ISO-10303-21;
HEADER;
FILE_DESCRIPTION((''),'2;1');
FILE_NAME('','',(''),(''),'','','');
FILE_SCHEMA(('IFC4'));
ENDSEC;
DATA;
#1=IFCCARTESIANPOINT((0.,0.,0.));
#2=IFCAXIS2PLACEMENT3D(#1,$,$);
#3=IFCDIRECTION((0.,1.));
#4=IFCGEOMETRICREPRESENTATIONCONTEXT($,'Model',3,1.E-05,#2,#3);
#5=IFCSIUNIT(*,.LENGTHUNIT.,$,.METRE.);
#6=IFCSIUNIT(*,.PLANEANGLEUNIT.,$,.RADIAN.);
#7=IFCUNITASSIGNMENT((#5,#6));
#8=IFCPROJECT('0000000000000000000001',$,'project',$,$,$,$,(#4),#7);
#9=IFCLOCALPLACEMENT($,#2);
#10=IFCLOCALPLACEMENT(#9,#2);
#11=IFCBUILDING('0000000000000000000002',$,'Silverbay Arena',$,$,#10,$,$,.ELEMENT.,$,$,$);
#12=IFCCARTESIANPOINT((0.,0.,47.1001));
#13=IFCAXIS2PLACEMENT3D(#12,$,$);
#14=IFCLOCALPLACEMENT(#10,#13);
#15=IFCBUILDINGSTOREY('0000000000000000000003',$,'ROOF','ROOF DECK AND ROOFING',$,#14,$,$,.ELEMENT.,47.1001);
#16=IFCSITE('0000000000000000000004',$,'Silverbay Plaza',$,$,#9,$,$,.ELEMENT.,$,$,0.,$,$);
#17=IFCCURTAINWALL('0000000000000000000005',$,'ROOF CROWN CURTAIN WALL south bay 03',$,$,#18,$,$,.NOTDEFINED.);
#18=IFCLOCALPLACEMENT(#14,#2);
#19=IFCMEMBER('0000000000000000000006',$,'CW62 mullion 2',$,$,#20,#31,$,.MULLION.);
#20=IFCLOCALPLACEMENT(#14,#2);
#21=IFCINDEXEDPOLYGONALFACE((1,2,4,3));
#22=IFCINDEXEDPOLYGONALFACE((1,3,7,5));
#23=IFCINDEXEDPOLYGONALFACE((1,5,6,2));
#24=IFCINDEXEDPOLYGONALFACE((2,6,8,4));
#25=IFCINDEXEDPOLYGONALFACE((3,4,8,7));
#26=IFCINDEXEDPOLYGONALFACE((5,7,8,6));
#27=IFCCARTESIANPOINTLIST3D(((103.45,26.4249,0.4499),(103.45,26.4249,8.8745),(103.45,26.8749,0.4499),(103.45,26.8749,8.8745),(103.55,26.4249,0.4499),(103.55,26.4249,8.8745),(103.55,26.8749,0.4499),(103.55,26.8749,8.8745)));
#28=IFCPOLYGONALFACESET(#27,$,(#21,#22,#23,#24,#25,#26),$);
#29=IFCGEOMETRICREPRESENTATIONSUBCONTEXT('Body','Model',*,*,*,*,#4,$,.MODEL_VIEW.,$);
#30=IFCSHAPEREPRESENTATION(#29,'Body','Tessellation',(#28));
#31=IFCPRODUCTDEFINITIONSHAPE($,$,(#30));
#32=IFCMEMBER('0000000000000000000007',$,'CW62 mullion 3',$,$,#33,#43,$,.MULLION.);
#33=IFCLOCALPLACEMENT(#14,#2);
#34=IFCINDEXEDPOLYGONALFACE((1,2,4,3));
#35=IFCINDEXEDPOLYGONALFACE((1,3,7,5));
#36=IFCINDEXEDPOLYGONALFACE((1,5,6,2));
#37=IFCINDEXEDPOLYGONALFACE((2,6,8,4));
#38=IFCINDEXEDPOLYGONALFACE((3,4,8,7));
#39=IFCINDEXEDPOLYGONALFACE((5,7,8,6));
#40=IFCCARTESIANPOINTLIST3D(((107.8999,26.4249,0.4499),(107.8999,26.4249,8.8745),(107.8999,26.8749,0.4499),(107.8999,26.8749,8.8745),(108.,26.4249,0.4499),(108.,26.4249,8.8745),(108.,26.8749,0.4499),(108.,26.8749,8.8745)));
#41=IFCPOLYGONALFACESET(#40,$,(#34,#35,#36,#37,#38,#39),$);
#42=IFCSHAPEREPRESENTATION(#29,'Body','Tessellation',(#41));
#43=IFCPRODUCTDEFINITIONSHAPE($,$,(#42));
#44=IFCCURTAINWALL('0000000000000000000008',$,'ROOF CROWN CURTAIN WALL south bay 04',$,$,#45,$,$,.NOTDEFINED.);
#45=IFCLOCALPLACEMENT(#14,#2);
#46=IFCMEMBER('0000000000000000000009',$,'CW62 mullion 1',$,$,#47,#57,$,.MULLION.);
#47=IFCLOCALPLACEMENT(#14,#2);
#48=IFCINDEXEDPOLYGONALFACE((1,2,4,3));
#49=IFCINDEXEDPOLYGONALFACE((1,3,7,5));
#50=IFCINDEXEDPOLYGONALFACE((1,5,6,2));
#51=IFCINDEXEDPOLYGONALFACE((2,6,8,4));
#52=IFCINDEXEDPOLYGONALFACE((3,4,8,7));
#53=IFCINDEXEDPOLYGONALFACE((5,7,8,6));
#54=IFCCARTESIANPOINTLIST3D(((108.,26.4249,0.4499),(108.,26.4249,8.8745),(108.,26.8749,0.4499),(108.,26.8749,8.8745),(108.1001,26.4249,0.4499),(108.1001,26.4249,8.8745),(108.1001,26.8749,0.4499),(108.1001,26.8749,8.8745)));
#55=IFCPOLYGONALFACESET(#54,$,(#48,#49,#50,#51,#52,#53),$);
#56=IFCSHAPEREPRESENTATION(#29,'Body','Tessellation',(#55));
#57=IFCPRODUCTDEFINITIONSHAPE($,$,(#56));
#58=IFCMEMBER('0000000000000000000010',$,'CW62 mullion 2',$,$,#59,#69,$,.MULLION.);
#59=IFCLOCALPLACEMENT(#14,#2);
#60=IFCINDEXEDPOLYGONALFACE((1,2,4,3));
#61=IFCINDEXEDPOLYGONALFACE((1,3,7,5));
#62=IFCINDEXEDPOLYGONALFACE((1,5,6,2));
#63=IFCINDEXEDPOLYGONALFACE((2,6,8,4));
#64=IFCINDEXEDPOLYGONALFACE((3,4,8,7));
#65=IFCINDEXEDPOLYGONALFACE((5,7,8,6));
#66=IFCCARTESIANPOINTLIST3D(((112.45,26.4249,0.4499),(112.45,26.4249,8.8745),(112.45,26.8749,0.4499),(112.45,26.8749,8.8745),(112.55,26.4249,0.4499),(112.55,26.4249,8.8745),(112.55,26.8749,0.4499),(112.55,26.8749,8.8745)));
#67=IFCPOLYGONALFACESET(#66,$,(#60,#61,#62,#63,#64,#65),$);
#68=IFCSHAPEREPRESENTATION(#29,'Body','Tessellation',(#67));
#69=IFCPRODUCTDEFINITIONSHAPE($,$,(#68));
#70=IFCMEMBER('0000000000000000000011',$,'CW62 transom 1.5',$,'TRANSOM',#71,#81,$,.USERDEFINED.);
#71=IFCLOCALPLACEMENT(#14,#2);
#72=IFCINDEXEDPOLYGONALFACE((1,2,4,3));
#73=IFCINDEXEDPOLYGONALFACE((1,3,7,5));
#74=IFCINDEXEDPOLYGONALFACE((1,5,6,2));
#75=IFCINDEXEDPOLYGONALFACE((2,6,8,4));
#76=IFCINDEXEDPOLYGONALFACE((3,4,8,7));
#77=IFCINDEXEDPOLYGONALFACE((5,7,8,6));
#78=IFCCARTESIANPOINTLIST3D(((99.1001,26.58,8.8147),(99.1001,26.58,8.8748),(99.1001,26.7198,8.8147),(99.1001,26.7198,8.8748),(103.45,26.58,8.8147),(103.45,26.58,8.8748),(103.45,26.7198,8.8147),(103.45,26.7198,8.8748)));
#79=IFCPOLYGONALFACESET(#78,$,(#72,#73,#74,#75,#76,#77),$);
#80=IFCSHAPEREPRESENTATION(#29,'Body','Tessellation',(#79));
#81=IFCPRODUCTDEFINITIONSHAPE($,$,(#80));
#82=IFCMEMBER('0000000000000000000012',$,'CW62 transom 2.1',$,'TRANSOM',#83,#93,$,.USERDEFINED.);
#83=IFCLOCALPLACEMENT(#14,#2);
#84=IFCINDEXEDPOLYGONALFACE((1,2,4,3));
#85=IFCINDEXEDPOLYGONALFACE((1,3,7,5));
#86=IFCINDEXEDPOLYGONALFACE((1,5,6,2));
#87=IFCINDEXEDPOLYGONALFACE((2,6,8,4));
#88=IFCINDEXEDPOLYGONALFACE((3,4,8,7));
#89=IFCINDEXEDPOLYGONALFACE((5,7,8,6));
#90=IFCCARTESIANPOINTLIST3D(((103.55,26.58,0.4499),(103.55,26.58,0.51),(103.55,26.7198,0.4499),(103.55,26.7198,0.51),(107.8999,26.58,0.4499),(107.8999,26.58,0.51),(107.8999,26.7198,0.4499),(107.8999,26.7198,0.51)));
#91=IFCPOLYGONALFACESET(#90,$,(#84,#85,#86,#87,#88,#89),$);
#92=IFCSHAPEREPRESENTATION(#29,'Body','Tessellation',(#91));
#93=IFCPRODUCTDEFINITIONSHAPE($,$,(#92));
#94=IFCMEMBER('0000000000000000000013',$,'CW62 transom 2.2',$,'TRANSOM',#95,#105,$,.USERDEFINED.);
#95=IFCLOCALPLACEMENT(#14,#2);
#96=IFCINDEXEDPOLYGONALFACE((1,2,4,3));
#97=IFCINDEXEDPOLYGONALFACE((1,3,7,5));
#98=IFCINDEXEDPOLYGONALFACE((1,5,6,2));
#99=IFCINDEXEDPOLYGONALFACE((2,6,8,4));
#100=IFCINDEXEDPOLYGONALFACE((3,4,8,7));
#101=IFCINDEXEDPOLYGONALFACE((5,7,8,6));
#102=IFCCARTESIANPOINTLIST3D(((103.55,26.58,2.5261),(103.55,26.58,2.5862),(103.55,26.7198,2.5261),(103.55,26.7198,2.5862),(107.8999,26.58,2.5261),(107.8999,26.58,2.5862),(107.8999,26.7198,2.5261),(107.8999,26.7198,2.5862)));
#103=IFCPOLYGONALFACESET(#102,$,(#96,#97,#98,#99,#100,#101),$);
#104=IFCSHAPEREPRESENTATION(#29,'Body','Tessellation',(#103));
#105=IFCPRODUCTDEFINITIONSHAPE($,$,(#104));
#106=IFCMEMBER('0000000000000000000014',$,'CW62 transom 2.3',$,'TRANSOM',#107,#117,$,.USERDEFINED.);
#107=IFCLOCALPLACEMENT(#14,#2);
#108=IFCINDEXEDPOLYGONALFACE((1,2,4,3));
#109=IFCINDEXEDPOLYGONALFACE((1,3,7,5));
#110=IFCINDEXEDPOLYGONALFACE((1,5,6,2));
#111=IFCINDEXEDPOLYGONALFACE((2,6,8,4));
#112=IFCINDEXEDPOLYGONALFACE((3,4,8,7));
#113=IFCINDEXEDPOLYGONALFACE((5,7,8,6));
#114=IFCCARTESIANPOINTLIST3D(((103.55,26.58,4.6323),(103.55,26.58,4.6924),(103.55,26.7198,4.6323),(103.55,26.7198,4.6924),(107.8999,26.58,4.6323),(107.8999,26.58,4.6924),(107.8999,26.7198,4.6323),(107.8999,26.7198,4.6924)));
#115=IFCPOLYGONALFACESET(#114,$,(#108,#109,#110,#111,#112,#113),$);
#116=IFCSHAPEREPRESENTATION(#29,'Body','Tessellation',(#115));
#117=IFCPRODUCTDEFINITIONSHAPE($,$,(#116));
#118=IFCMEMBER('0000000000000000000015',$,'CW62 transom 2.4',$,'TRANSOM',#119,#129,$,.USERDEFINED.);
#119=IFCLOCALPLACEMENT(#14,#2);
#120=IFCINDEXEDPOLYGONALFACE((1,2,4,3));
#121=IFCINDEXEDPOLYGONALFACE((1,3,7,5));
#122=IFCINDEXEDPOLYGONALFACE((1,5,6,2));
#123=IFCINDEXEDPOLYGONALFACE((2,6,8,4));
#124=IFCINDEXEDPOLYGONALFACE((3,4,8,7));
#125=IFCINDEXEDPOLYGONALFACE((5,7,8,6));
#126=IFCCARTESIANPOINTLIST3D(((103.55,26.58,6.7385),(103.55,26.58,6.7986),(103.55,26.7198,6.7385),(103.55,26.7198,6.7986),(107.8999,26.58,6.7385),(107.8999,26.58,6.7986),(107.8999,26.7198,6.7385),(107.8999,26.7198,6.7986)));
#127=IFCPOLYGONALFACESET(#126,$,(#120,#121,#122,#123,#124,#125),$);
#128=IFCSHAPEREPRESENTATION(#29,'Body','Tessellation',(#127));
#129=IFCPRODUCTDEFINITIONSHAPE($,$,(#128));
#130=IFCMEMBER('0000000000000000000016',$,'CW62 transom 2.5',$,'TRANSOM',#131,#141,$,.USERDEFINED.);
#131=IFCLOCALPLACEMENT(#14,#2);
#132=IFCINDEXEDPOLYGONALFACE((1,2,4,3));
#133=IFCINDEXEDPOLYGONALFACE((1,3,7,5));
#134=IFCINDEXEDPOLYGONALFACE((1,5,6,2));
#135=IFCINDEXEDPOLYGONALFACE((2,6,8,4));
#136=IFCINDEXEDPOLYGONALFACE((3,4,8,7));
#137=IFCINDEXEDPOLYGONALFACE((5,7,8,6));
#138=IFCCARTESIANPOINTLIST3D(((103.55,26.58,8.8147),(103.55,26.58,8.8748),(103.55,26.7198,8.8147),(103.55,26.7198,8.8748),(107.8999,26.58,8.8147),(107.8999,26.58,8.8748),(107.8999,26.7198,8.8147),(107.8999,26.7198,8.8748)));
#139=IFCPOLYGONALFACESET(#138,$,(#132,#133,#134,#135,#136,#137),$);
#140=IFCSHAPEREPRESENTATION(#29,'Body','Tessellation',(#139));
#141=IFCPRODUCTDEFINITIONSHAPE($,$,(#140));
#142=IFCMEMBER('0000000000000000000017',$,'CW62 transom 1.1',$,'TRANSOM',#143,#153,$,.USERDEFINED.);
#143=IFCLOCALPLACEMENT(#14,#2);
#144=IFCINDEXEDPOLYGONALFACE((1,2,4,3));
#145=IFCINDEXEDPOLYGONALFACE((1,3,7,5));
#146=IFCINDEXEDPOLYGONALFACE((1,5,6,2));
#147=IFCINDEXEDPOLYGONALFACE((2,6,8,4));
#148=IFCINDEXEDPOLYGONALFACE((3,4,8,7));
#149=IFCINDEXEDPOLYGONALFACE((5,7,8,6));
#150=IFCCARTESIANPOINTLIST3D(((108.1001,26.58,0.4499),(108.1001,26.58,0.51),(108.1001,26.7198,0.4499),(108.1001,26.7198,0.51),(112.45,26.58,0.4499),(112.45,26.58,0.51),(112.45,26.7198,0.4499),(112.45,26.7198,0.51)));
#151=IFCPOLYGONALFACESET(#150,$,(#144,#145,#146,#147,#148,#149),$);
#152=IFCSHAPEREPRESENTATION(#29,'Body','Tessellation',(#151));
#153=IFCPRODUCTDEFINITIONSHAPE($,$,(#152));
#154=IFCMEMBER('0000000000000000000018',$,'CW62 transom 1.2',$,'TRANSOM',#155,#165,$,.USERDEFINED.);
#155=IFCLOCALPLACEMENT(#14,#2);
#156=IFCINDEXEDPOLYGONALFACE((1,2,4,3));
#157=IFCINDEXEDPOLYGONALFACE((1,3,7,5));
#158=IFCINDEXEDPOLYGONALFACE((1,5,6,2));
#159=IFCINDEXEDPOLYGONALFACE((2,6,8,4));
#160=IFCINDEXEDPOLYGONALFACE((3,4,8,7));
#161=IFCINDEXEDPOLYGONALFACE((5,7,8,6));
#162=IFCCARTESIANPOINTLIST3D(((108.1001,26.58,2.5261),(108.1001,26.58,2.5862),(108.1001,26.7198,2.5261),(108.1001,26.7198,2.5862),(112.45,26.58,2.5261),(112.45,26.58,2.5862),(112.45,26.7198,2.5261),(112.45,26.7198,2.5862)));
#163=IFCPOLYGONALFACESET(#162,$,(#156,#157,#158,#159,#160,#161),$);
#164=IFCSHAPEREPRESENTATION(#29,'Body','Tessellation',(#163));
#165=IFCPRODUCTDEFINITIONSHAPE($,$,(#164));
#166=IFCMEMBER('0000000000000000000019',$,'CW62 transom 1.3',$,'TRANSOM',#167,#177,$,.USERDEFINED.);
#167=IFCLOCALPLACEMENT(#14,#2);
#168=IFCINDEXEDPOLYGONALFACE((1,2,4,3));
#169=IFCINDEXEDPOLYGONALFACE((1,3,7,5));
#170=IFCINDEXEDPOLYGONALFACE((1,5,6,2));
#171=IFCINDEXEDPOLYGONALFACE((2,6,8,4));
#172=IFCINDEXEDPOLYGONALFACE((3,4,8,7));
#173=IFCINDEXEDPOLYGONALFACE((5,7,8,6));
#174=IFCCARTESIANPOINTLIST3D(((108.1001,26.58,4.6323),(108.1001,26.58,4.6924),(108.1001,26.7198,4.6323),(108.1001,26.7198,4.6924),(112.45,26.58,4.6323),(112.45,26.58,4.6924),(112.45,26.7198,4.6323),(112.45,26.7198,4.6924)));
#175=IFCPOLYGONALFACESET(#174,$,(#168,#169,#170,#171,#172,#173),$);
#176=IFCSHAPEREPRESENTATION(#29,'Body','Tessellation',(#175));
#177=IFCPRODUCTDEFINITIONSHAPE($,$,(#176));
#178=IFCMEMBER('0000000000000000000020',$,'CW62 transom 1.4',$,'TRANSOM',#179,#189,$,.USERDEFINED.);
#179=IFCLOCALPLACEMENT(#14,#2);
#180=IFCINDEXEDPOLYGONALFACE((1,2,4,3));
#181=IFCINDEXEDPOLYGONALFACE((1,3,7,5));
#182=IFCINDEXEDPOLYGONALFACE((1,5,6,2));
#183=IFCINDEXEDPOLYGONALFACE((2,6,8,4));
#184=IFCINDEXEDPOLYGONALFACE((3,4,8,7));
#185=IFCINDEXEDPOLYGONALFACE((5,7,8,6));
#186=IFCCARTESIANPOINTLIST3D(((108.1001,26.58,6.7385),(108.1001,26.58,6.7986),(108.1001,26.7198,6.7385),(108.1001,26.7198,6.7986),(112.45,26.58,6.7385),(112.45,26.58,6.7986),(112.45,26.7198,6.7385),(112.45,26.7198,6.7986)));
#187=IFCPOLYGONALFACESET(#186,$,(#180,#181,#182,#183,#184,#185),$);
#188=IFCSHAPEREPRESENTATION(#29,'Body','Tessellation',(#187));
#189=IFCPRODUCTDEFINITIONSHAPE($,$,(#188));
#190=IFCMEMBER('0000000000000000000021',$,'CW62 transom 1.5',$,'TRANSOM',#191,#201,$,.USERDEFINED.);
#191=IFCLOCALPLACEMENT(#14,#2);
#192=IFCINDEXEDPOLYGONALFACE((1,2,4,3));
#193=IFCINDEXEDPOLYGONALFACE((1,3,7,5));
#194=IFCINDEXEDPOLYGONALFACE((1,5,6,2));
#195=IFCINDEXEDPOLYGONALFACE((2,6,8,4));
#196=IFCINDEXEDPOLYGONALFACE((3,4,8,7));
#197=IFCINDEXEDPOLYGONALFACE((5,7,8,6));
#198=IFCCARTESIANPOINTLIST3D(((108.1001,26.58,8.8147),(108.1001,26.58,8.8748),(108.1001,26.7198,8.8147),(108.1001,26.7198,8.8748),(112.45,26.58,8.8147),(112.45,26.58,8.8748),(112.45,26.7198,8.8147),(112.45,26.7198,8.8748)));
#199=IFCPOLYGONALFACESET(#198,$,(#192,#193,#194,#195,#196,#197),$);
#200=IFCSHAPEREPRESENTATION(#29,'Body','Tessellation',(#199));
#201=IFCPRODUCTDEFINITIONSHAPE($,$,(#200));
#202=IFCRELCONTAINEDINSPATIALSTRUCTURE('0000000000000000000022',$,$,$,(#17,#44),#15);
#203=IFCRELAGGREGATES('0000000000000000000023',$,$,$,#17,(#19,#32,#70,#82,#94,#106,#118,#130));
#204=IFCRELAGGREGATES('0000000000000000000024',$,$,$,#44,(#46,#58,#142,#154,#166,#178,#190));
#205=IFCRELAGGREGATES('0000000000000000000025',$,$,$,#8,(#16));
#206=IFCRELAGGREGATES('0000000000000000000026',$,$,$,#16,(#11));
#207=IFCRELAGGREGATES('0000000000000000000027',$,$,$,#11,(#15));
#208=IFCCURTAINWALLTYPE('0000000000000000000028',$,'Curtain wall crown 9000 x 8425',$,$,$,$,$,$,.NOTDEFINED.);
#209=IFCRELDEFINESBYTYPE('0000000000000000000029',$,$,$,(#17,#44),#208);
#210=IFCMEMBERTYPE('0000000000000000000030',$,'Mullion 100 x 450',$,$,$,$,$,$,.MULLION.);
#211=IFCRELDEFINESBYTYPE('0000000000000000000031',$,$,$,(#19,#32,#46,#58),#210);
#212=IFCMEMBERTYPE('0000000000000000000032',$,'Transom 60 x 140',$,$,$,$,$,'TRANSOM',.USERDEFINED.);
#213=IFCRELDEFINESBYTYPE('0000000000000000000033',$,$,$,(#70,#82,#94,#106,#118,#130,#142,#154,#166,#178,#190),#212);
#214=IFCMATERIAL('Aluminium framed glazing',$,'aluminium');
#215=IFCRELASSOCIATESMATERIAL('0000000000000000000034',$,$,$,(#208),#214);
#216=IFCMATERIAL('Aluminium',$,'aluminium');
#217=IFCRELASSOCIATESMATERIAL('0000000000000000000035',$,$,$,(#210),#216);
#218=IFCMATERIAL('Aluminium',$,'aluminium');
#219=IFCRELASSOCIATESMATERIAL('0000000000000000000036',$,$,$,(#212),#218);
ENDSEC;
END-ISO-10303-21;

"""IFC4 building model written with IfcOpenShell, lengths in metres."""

from ifc_helpers import new_model, si_unit, direction, frame, origin, origin_2d, place, context, subcontext, project, spatial, rectangle, extrude, material, material_profile, profile_set, type_object, element, aggregate, save


model = new_model("IFC4")

# Units and contexts
model_context = context("Model", 3, precision=1e-05, world=origin(), true_north=direction((0.0, 1.0)))
body_context = subcontext(model_context, "Body", "Model", "MODEL_VIEW")
ifc_project = project(units=[si_unit("LENGTHUNIT", "METRE"), si_unit("PLANEANGLEUNIT", "RADIAN")], contexts=[model_context])

# Site, building, storey
site_placement = place(None, origin())
site = spatial("IfcSite", under=ifc_project, at=site_placement, Name="Silverbay Plaza", CompositionType="ELEMENT", RefElevation=0.0)
building_placement = place(site_placement, origin())
building = spatial("IfcBuilding", under=site, at=building_placement, Name="Silverbay Arena", CompositionType="ELEMENT")
storey_placement = place(building_placement, frame((0.0, 0.0, 47.1001)))
storey = spatial("IfcBuildingStorey", under=building, at=storey_placement, Name="ROOF", Description="ROOF DECK AND ROOFING", CompositionType="ELEMENT", Elevation=47.1001)

# Curtain walls, members
ifc_material_1 = material(Name="Aluminium framed glazing", Category="aluminium")
curtain_wall_type = type_object("IfcCurtainWallType", Name="Curtain wall crown 9000 x 8425", PredefinedType="NOTDEFINED", material=ifc_material_1)
curtain_wall_1_placement = place(storey_placement, origin())
curtain_wall_1 = element("IfcCurtainWall", 1, at=curtain_wall_1_placement, inside=storey, type_object=curtain_wall_type, Name="ROOF CROWN CURTAIN WALL south bay 03", PredefinedType="NOTDEFINED")
ifc_material_2 = material(Name="Aluminium", Category="aluminium")
ifc_material_profile_1 = material_profile(ifc_material_2, rectangle(XDim=0.45, YDim=0.1001, at=origin_2d()), Name="Mullion 100 x 450")
ifc_profile_set_1 = profile_set([ifc_material_profile_1], Name="Aluminium")
member_type_1 = type_object("IfcMemberType", Name="Mullion 100 x 450", PredefinedType="MULLION", material=ifc_profile_set_1)
placement = place(building_placement, frame((0.0, 0.0, 33.5)))
member_1_placement = place(placement, frame((103.5, 26.6499, 14.05), z_axis=(0.0, 0.0, 1.0), x_axis=(0.0, 1.0, 0.0)))
member_1 = element("IfcMember", 2, at=member_1_placement, type_object=member_type_1, Name="CW62 mullion 2", PredefinedType="MULLION", context=body_context, shape_type="SweptSolid", body=[
    extrude(rectangle(XDim=0.45, YDim=0.1001, at=origin_2d()), origin(), (0.0, 0.0, 1.0), 8.4246),
])
member_2_placement = place(placement, frame((107.95, 26.6499, 14.05), z_axis=(0.0, 0.0, 1.0), x_axis=(0.0, 1.0, 0.0)))
member_2 = element("IfcMember", 3, at=member_2_placement, type_object=member_type_1, Name="CW62 mullion 3", PredefinedType="MULLION", context=body_context, shape_type="SweptSolid", body=[
    extrude(rectangle(XDim=0.45, YDim=0.1001, at=origin_2d()), origin(), (0.0, 0.0, 1.0), 8.4246),
])
curtain_wall_2_placement = place(storey_placement, origin())
curtain_wall_2 = element("IfcCurtainWall", 4, at=curtain_wall_2_placement, inside=storey, type_object=curtain_wall_type, Name="ROOF CROWN CURTAIN WALL south bay 04", PredefinedType="NOTDEFINED")
member_3_placement = place(placement, frame((108.05, 26.6499, 14.05), z_axis=(0.0, 0.0, 1.0), x_axis=(0.0, 1.0, 0.0)))
member_3 = element("IfcMember", 5, at=member_3_placement, type_object=member_type_1, Name="CW62 mullion 1", PredefinedType="MULLION", context=body_context, shape_type="SweptSolid", body=[
    extrude(rectangle(XDim=0.45, YDim=0.1001, at=origin_2d()), origin(), (0.0, 0.0, 1.0), 8.4246),
])
member_4_placement = place(placement, frame((112.5, 26.6499, 14.05), z_axis=(0.0, 0.0, 1.0), x_axis=(0.0, 1.0, 0.0)))
member_4 = element("IfcMember", 6, at=member_4_placement, type_object=member_type_1, Name="CW62 mullion 2", PredefinedType="MULLION", context=body_context, shape_type="SweptSolid", body=[
    extrude(rectangle(XDim=0.45, YDim=0.1001, at=origin_2d()), origin(), (0.0, 0.0, 1.0), 8.4246),
])

# Members
ifc_material_3 = material(Name="Aluminium", Category="aluminium")
ifc_material_profile_2 = material_profile(ifc_material_3, rectangle(XDim=0.1399, YDim=0.0601, at=origin_2d()), Name="Transom 60 x 140")
ifc_profile_set_2 = profile_set([ifc_material_profile_2], Name="Aluminium")
member_type_2 = type_object("IfcMemberType", Name="Transom 60 x 140", ElementType="TRANSOM", PredefinedType="USERDEFINED", material=ifc_profile_set_2)
member_5_placement = place(placement, frame((99.1001, 26.6499, 22.4448), z_axis=(1.0, 0.0, 0.0), x_axis=(0.0, 1.0, 0.0)))
member_5 = element("IfcMember", 7, at=member_5_placement, type_object=member_type_2, Name="CW62 transom 1.5", ObjectType="TRANSOM", PredefinedType="USERDEFINED", context=body_context, shape_type="SweptSolid", body=[
    extrude(rectangle(XDim=0.1399, YDim=0.0601, at=origin_2d()), origin(), (0.0, 0.0, 1.0), 4.3499),
])
member_6_placement = place(placement, frame((103.55, 26.6499, 14.0801), z_axis=(1.0, 0.0, 0.0), x_axis=(0.0, 1.0, 0.0)))
member_6 = element("IfcMember", 8, at=member_6_placement, type_object=member_type_2, Name="CW62 transom 2.1", ObjectType="TRANSOM", PredefinedType="USERDEFINED", context=body_context, shape_type="SweptSolid", body=[
    extrude(rectangle(XDim=0.1399, YDim=0.0601, at=origin_2d()), origin(), (0.0, 0.0, 1.0), 4.3499),
])
member_7_placement = place(placement, frame((103.55, 26.6499, 16.1562), z_axis=(1.0, 0.0, 0.0), x_axis=(0.0, 1.0, 0.0)))
member_7 = element("IfcMember", 9, at=member_7_placement, type_object=member_type_2, Name="CW62 transom 2.2", ObjectType="TRANSOM", PredefinedType="USERDEFINED", context=body_context, shape_type="SweptSolid", body=[
    extrude(rectangle(XDim=0.1399, YDim=0.0601, at=origin_2d()), origin(), (0.0, 0.0, 1.0), 4.3499),
])
member_8_placement = place(placement, frame((103.55, 26.6499, 18.2625), z_axis=(1.0, 0.0, 0.0), x_axis=(0.0, 1.0, 0.0)))
member_8 = element("IfcMember", 10, at=member_8_placement, type_object=member_type_2, Name="CW62 transom 2.3", ObjectType="TRANSOM", PredefinedType="USERDEFINED", context=body_context, shape_type="SweptSolid", body=[
    extrude(rectangle(XDim=0.1399, YDim=0.0601, at=origin_2d()), origin(), (0.0, 0.0, 1.0), 4.3499),
])
member_9_placement = place(placement, frame((103.55, 26.6499, 20.3687), z_axis=(1.0, 0.0, 0.0), x_axis=(0.0, 1.0, 0.0)))
member_9 = element("IfcMember", 11, at=member_9_placement, type_object=member_type_2, Name="CW62 transom 2.4", ObjectType="TRANSOM", PredefinedType="USERDEFINED", context=body_context, shape_type="SweptSolid", body=[
    extrude(rectangle(XDim=0.1399, YDim=0.0601, at=origin_2d()), origin(), (0.0, 0.0, 1.0), 4.3499),
])
member_10_placement = place(placement, frame((103.55, 26.6499, 22.4448), z_axis=(1.0, 0.0, 0.0), x_axis=(0.0, 1.0, 0.0)))
member_10 = element("IfcMember", 12, at=member_10_placement, type_object=member_type_2, Name="CW62 transom 2.5", ObjectType="TRANSOM", PredefinedType="USERDEFINED", context=body_context, shape_type="SweptSolid", body=[
    extrude(rectangle(XDim=0.1399, YDim=0.0601, at=origin_2d()), origin(), (0.0, 0.0, 1.0), 4.3499),
])
member_11_placement = place(placement, frame((108.1001, 26.6499, 14.0801), z_axis=(1.0, 0.0, 0.0), x_axis=(0.0, 1.0, 0.0)))
member_11 = element("IfcMember", 13, at=member_11_placement, type_object=member_type_2, Name="CW62 transom 1.1", ObjectType="TRANSOM", PredefinedType="USERDEFINED", context=body_context, shape_type="SweptSolid", body=[
    extrude(rectangle(XDim=0.1399, YDim=0.0601, at=origin_2d()), origin(), (0.0, 0.0, 1.0), 4.3499),
])
member_12_placement = place(placement, frame((108.1001, 26.6499, 16.1562), z_axis=(1.0, 0.0, 0.0), x_axis=(0.0, 1.0, 0.0)))
member_12 = element("IfcMember", 14, at=member_12_placement, type_object=member_type_2, Name="CW62 transom 1.2", ObjectType="TRANSOM", PredefinedType="USERDEFINED", context=body_context, shape_type="SweptSolid", body=[
    extrude(rectangle(XDim=0.1399, YDim=0.0601, at=origin_2d()), origin(), (0.0, 0.0, 1.0), 4.3499),
])
member_13_placement = place(placement, frame((108.1001, 26.6499, 18.2625), z_axis=(1.0, 0.0, 0.0), x_axis=(0.0, 1.0, 0.0)))
member_13 = element("IfcMember", 15, at=member_13_placement, type_object=member_type_2, Name="CW62 transom 1.3", ObjectType="TRANSOM", PredefinedType="USERDEFINED", context=body_context, shape_type="SweptSolid", body=[
    extrude(rectangle(XDim=0.1399, YDim=0.0601, at=origin_2d()), origin(), (0.0, 0.0, 1.0), 4.3499),
])
member_14_placement = place(placement, frame((108.1001, 26.6499, 20.3687), z_axis=(1.0, 0.0, 0.0), x_axis=(0.0, 1.0, 0.0)))
member_14 = element("IfcMember", 16, at=member_14_placement, type_object=member_type_2, Name="CW62 transom 1.4", ObjectType="TRANSOM", PredefinedType="USERDEFINED", context=body_context, shape_type="SweptSolid", body=[
    extrude(rectangle(XDim=0.1399, YDim=0.0601, at=origin_2d()), origin(), (0.0, 0.0, 1.0), 4.3499),
])
member_15_placement = place(placement, frame((108.1001, 26.6499, 22.4448), z_axis=(1.0, 0.0, 0.0), x_axis=(0.0, 1.0, 0.0)))
member_15 = element("IfcMember", 17, at=member_15_placement, type_object=member_type_2, Name="CW62 transom 1.5", ObjectType="TRANSOM", PredefinedType="USERDEFINED", context=body_context, shape_type="SweptSolid", body=[
    extrude(rectangle(XDim=0.1399, YDim=0.0601, at=origin_2d()), origin(), (0.0, 0.0, 1.0), 4.3499),
])

aggregate(curtain_wall_1, [member_1, member_2, member_5, member_6, member_7, member_8, member_9, member_10])
aggregate(curtain_wall_2, [member_3, member_4, member_11, member_12, member_13, member_14, member_15])

save(model, "model.ifc")
